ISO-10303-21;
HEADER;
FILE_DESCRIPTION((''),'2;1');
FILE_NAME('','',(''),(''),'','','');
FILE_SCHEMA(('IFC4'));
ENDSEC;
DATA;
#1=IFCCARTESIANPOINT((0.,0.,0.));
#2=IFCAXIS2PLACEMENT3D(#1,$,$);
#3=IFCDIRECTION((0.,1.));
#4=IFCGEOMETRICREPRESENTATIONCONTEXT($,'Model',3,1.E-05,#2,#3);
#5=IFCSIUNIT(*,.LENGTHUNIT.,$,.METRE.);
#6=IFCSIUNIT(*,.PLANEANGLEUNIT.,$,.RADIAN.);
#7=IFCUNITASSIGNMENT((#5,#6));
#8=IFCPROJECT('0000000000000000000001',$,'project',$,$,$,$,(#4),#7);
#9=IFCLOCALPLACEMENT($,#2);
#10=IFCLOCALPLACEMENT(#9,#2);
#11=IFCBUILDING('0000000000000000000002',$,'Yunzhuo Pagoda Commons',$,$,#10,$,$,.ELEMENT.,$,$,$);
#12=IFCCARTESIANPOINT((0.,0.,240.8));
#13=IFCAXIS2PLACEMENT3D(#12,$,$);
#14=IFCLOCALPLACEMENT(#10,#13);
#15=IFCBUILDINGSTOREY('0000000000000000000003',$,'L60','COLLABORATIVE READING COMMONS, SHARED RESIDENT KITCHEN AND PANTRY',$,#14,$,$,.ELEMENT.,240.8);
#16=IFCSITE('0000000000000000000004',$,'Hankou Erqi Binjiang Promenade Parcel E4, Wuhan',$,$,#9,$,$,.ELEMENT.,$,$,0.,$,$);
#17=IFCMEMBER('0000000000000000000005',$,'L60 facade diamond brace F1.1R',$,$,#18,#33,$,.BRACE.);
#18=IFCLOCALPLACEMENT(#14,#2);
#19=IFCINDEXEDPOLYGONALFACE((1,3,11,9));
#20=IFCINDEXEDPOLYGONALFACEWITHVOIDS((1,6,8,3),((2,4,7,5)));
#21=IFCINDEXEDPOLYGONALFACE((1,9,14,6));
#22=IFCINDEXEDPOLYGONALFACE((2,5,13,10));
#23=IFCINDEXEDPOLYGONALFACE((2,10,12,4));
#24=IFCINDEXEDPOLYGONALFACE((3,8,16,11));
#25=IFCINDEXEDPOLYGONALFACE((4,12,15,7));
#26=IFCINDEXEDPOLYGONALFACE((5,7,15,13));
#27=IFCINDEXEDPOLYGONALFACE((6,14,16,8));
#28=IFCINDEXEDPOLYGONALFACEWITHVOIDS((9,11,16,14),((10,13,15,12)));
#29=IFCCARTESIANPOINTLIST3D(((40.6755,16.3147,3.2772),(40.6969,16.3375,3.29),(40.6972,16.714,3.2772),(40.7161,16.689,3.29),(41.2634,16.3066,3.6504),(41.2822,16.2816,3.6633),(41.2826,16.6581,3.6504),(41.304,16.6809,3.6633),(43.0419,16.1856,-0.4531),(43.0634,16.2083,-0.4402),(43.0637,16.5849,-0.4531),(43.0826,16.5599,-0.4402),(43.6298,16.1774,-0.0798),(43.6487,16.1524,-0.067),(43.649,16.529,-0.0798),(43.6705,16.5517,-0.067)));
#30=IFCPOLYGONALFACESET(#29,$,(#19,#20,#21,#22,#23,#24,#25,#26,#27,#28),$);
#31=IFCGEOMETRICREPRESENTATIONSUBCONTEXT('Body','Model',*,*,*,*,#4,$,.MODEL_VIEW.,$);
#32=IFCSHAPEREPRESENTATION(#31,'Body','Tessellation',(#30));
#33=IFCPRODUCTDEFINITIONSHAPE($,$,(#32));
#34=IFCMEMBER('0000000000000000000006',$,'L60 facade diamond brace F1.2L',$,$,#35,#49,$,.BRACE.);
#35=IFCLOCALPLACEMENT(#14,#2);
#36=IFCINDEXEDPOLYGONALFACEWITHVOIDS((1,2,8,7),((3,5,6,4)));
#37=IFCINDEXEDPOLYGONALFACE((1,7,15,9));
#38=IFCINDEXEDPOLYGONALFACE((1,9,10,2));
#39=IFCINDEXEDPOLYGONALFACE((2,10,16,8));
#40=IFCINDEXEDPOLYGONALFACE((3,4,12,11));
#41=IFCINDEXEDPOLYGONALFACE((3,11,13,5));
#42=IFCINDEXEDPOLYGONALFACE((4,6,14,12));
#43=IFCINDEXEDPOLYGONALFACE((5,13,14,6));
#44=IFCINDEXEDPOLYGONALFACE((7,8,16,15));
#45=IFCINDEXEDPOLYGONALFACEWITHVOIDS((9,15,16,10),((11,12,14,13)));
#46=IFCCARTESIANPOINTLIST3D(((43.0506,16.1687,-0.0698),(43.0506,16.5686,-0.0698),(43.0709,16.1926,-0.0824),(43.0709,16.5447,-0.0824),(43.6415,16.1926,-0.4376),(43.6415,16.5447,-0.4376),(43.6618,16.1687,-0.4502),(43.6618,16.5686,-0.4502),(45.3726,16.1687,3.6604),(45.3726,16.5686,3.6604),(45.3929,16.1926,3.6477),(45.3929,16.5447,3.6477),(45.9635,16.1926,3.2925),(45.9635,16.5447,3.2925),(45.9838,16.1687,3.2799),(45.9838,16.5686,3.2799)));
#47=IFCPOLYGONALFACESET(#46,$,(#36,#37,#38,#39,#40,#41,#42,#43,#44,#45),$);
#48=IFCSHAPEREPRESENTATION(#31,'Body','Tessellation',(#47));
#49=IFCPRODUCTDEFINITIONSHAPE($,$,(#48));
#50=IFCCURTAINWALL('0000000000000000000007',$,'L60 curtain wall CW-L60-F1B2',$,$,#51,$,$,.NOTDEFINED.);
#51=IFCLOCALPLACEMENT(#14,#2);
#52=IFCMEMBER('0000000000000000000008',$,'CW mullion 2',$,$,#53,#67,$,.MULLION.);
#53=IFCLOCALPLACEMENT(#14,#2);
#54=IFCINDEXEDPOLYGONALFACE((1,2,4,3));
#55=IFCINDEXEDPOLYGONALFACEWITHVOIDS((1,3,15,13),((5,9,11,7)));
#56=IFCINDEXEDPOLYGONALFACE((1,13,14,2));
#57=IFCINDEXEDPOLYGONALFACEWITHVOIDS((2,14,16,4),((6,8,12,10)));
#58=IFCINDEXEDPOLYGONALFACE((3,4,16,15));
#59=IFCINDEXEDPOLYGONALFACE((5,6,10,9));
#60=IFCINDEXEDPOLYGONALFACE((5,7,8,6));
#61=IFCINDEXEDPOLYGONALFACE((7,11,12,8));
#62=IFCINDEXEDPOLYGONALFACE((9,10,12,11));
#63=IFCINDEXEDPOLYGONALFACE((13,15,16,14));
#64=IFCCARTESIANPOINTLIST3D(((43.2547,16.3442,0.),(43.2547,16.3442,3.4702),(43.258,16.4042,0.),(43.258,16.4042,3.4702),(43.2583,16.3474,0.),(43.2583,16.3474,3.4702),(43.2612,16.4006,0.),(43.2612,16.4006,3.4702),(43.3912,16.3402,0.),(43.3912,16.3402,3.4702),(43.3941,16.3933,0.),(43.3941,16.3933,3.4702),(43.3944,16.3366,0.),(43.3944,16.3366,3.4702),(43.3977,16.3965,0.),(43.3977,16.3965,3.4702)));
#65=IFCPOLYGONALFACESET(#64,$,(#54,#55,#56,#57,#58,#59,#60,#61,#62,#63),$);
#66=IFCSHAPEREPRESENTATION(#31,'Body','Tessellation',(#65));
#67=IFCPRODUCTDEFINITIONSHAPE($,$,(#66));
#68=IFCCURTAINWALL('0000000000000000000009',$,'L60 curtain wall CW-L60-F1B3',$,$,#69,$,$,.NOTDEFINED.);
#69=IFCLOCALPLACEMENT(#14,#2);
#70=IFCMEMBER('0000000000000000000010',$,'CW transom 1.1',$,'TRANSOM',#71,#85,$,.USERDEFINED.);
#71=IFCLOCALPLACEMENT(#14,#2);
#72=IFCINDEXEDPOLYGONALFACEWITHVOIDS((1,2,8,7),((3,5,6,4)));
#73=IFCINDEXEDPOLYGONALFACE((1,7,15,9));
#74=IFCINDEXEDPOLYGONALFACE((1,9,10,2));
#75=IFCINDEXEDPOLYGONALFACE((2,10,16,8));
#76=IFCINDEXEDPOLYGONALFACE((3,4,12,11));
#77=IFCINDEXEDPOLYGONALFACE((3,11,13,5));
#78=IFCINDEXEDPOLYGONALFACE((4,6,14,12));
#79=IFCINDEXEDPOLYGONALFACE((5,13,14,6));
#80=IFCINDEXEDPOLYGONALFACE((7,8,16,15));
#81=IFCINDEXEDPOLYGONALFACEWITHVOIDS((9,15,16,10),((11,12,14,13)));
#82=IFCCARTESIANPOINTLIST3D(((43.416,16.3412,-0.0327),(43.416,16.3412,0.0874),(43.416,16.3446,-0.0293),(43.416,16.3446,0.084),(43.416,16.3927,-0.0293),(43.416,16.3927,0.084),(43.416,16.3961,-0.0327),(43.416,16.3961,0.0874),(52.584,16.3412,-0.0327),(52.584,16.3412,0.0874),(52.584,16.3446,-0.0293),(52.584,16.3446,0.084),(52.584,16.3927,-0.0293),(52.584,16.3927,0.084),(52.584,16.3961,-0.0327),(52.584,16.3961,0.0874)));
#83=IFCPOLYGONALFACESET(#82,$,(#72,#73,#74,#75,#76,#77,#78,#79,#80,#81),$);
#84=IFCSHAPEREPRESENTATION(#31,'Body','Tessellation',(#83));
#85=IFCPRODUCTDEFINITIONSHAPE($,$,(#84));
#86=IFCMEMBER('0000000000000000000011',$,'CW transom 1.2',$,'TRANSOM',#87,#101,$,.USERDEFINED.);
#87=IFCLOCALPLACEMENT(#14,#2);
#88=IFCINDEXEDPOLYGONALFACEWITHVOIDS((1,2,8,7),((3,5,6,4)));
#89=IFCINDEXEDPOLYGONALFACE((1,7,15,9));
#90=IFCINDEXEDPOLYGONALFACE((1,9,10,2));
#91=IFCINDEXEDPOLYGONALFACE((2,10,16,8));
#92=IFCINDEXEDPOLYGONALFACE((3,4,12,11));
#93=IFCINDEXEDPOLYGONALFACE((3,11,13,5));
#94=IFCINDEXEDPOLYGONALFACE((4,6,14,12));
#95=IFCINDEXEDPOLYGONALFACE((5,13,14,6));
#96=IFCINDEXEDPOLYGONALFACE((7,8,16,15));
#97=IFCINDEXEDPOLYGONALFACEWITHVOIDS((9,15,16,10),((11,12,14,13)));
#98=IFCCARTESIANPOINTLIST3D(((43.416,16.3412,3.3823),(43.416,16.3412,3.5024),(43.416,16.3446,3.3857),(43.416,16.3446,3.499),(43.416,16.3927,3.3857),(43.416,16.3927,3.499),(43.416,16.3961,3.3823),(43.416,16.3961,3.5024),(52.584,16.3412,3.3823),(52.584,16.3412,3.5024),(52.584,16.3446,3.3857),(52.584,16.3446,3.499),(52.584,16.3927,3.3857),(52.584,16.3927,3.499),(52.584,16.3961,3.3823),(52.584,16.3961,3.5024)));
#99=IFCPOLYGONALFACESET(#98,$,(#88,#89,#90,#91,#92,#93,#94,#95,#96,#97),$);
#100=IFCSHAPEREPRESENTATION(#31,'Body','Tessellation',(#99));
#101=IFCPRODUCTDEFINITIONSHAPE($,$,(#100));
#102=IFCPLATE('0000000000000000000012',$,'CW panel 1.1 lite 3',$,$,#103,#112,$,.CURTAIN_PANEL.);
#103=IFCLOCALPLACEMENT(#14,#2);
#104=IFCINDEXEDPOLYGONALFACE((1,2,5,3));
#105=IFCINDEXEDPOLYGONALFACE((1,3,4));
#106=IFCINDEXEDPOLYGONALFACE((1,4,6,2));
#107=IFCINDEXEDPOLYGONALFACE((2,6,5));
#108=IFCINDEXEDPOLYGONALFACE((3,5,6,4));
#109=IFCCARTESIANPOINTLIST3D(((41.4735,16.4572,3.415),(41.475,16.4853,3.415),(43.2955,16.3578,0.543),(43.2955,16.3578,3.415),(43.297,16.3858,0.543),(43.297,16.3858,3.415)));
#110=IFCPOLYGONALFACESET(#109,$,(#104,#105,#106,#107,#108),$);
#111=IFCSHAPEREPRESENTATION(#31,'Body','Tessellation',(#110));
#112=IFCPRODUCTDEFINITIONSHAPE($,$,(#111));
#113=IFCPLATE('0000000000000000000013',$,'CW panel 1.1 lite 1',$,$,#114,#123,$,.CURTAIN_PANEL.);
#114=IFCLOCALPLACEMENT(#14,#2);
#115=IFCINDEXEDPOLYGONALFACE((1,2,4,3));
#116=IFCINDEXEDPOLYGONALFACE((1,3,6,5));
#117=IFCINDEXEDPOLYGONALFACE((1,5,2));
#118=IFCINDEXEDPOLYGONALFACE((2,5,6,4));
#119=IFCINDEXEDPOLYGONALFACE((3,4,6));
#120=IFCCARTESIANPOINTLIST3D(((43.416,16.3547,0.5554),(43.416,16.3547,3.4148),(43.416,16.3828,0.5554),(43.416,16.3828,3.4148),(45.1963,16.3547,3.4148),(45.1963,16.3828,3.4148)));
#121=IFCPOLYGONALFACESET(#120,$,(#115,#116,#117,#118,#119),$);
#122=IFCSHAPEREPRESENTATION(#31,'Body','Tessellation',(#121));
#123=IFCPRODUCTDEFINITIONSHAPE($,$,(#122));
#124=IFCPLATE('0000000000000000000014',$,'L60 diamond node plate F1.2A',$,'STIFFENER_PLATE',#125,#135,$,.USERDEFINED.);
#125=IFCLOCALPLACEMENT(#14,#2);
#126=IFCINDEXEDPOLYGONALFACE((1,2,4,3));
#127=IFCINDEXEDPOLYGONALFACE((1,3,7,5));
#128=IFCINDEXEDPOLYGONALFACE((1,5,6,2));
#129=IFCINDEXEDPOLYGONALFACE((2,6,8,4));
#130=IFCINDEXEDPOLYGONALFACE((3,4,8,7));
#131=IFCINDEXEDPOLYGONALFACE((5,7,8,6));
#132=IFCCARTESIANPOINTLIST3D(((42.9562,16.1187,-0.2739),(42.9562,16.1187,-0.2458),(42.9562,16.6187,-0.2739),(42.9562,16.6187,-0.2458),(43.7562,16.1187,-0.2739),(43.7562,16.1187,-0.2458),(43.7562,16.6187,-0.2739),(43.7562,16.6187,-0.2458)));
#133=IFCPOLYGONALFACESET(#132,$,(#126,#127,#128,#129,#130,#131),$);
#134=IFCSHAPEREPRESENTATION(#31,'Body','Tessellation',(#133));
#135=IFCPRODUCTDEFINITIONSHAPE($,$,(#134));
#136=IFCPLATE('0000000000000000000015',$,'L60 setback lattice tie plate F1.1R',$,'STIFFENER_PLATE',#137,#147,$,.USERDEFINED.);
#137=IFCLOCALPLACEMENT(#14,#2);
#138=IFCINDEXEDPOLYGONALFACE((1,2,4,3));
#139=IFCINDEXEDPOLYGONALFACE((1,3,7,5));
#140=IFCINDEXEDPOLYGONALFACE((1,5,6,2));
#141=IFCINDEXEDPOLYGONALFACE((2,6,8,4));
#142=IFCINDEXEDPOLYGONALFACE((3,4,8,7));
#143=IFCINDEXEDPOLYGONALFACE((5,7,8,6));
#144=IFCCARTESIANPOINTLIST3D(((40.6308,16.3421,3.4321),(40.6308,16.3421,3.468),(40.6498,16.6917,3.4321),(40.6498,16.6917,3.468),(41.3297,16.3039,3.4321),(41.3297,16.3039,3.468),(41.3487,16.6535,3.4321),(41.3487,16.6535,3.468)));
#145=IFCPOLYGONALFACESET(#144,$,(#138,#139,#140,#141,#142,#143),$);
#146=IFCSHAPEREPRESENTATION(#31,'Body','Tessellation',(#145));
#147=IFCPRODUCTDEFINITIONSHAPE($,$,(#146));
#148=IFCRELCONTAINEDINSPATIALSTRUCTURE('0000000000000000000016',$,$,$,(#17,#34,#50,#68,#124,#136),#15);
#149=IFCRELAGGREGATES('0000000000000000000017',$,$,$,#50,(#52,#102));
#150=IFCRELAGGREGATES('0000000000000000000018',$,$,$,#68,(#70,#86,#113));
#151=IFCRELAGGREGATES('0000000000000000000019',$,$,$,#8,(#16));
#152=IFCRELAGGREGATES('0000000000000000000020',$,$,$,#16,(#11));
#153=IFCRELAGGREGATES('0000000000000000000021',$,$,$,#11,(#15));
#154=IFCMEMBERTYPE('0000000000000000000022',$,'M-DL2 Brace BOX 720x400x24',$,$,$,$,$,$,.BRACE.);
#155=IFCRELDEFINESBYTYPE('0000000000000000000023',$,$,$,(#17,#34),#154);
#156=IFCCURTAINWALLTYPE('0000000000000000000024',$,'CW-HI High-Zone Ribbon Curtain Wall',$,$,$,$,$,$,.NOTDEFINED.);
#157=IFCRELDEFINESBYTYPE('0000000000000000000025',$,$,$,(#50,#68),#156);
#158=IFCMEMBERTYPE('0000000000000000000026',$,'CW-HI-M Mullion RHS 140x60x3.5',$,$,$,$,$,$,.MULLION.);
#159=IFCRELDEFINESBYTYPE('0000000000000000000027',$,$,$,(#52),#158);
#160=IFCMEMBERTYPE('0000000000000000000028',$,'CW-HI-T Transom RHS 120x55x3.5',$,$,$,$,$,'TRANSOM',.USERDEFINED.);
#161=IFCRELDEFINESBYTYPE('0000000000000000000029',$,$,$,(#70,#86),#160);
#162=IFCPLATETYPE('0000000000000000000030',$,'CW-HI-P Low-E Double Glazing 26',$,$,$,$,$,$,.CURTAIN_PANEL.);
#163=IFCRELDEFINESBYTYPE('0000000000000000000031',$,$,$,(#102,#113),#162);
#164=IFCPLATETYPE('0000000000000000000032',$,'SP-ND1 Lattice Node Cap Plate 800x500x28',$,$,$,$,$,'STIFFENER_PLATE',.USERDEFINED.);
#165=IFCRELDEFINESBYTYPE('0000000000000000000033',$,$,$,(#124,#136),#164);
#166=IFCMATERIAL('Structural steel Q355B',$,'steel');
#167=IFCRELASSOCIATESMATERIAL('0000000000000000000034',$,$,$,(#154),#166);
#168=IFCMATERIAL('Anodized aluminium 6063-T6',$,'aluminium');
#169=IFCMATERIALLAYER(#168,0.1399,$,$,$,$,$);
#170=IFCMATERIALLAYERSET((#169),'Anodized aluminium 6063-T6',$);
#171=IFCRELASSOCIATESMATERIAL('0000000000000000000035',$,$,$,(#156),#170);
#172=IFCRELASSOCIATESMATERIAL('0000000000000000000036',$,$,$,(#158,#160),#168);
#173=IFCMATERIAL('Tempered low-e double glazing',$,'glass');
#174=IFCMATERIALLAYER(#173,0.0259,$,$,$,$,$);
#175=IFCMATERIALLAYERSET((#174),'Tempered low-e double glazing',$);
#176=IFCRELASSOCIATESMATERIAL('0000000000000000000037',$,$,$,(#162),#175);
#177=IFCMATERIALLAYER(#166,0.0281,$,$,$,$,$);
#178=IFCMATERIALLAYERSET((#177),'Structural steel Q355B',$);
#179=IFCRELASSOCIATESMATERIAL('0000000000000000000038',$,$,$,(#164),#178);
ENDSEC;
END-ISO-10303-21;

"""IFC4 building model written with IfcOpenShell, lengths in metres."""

from ifc_helpers import new_model, si_unit, direction, frame, origin, origin_2d, place, context, subcontext, project, spatial, polyline, rectangle, hollow_rectangle, outline, extrude, source, transform, mapped, material, layer, layer_set, material_profile, profile_set, type_object, element, aggregate, save


model = new_model("IFC4")

# Units and contexts
model_context = context("Model", 3, precision=1e-05, world=origin(), true_north=direction((0.0, 1.0)))
body_context = subcontext(model_context, "Body", "Model", "MODEL_VIEW")
ifc_project = project(units=[si_unit("LENGTHUNIT", "METRE"), si_unit("PLANEANGLEUNIT", "RADIAN")], contexts=[model_context])

# Site, building, storey
site_placement = place(None, origin())
site = spatial("IfcSite", under=ifc_project, at=site_placement, Name="Hankou Erqi Binjiang Promenade Parcel E4, Wuhan", CompositionType="ELEMENT", RefElevation=0.0)
building_placement = place(site_placement, origin())
building = spatial("IfcBuilding", under=site, at=building_placement, Name="Yunzhuo Pagoda Commons", CompositionType="ELEMENT")
storey_placement = place(building_placement, frame((0.0, 0.0, 240.8)))
storey = spatial("IfcBuildingStorey", under=building, at=storey_placement, Name="L60", Description="COLLABORATIVE READING COMMONS, SHARED RESIDENT KITCHEN AND PANTRY", CompositionType="ELEMENT", Elevation=240.8)

# Shared definitions
ifc_material_1 = material(Name="Structural steel Q355B", Category="steel")

# Members
ifc_material_profile_1 = material_profile(ifc_material_1, hollow_rectangle(XDim=0.3999, YDim=0.72, WallThickness=0.0239, at=origin_2d()), Name="Structural steel Q355B")
ifc_profile_set_1 = profile_set([ifc_material_profile_1], Name="Structural steel Q355B")
member_type_1 = type_object("IfcMemberType", Name="M-DL2 Brace BOX 720x400x24", PredefinedType="BRACE", material=ifc_profile_set_1)
shared_shape_1 = source(origin(), body_context, "Body", "SweptSolid", [
    extrude(hollow_rectangle(XDim=0.3999, YDim=0.72, WallThickness=0.0239, at=origin_2d()), origin(), (0.0, 0.0, 1.0), 4.4194),
])
member_1_placement = place(storey_placement, frame((43.3562, 16.3687, -0.26), z_axis=(-0.535466, 0.029223, 0.844051), x_axis=(-0.054494, -0.998514, 0.0)))
element("IfcMember", 1, at=member_1_placement, inside=storey, type_object=member_type_1, Name="L60 facade diamond brace F1.1R", PredefinedType="BRACE", context=body_context, shape_type="MappedRepresentation", body=[
    mapped(shared_shape_1, transform((0.0, 0.0, 0.0), scale=1.0)),
])
shared_shape_2 = source(origin(), body_context, "Body", "SweptSolid", [
    extrude(hollow_rectangle(XDim=0.3999, YDim=0.72, WallThickness=0.0239, at=origin_2d()), origin(), (0.0, 0.0, 1.0), 4.3938),
])
member_2_placement = place(storey_placement, frame((43.3562, 16.3687, -0.26), z_axis=(0.528465, 0.0, 0.848955), x_axis=(0.0, 1.0, 0.0)))
element("IfcMember", 2, at=member_2_placement, inside=storey, type_object=member_type_1, Name="L60 facade diamond brace F1.2L", PredefinedType="BRACE", context=body_context, shape_type="MappedRepresentation", body=[
    mapped(shared_shape_2, transform((0.0, 0.0, 0.0), scale=1.0)),
])

# Curtain wall, member
ifc_material_2 = material(Name="Anodized aluminium 6063-T6", Category="aluminium")
ifc_layer_1 = layer(ifc_material_2, 0.1399)
ifc_layer_set_1 = layer_set([ifc_layer_1], Name="Anodized aluminium 6063-T6")
curtain_wall_type = type_object("IfcCurtainWallType", Name="CW-HI High-Zone Ribbon Curtain Wall", PredefinedType="NOTDEFINED", material=ifc_layer_set_1)
curtain_wall_1_placement = place(storey_placement, origin())
curtain_wall_1 = element("IfcCurtainWall", 3, at=curtain_wall_1_placement, inside=storey, type_object=curtain_wall_type, Name="L60 curtain wall CW-L60-F1B2", PredefinedType="NOTDEFINED")
ifc_material_profile_2 = material_profile(ifc_material_2, hollow_rectangle(XDim=0.0601, YDim=0.1399, WallThickness=0.0034, at=origin_2d()), Name="Anodized aluminium 6063-T6")
ifc_profile_set_2 = profile_set([ifc_material_profile_2], Name="Anodized aluminium 6063-T6")
member_type_2 = type_object("IfcMemberType", Name="CW-HI-M Mullion RHS 140x60x3.5", PredefinedType="MULLION", material=ifc_profile_set_2)
shared_shape_3 = source(origin(), body_context, "Body", "SweptSolid", [
    extrude(hollow_rectangle(XDim=0.0601, YDim=0.1399, WallThickness=0.0034, at=origin_2d()), origin(), (0.0, 0.0, 1.0), 3.4702),
])
member_3_placement = place(storey_placement, frame((43.3262, 16.3704, 0.0), z_axis=(0.0, 0.0, 1.0), x_axis=(0.054497, 0.998514, 0.0)))
member_3 = element("IfcMember", 4, at=member_3_placement, type_object=member_type_2, Name="CW mullion 2", PredefinedType="MULLION", context=body_context, shape_type="MappedRepresentation", body=[
    mapped(shared_shape_3, transform((0.0, 0.0, 0.0), scale=1.0)),
])

# Curtain wall, members
curtain_wall_2_placement = place(storey_placement, origin())
curtain_wall_2 = element("IfcCurtainWall", 5, at=curtain_wall_2_placement, inside=storey, type_object=curtain_wall_type, Name="L60 curtain wall CW-L60-F1B3", PredefinedType="NOTDEFINED")
ifc_material_profile_3 = material_profile(ifc_material_2, hollow_rectangle(XDim=0.0549, YDim=0.1201, WallThickness=0.0034, at=origin_2d()), Name="Anodized aluminium 6063-T6")
ifc_profile_set_3 = profile_set([ifc_material_profile_3], Name="Anodized aluminium 6063-T6")
member_type_3 = type_object("IfcMemberType", Name="CW-HI-T Transom RHS 120x55x3.5", ElementType="TRANSOM", PredefinedType="USERDEFINED", material=ifc_profile_set_3)
shared_shape_4 = source(origin(), body_context, "Body", "SweptSolid", [
    extrude(hollow_rectangle(XDim=0.0549, YDim=0.1201, WallThickness=0.0034, at=origin_2d()), origin(), (0.0, 0.0, 1.0), 9.168),
])
member_4_placement = place(storey_placement, frame((43.416, 16.3687, 0.0273), z_axis=(1.0, 0.0, 0.0), x_axis=(0.0, 1.0, 0.0)))
member_4 = element("IfcMember", 6, at=member_4_placement, type_object=member_type_3, Name="CW transom 1.1", ObjectType="TRANSOM", PredefinedType="USERDEFINED", context=body_context, shape_type="MappedRepresentation", body=[
    mapped(shared_shape_4, transform((0.0, 0.0, 0.0), scale=1.0)),
])
member_5_placement = place(storey_placement, frame((43.416, 16.3687, 3.4424), z_axis=(1.0, 0.0, 0.0), x_axis=(0.0, 1.0, 0.0)))
member_5 = element("IfcMember", 7, at=member_5_placement, type_object=member_type_3, Name="CW transom 1.2", ObjectType="TRANSOM", PredefinedType="USERDEFINED", context=body_context, shape_type="MappedRepresentation", body=[
    mapped(shared_shape_4, transform((0.0, 0.0, 0.0), scale=1.0)),
])

# Plates
ifc_material_3 = material(Name="Tempered low-e double glazing", Category="glass")
ifc_layer_2 = layer(ifc_material_3, 0.0259)
ifc_layer_set_2 = layer_set([ifc_layer_2], Name="Tempered low-e double glazing")
plate_type_1 = type_object("IfcPlateType", Name="CW-HI-P Low-E Double Glazing 26", PredefinedType="CURTAIN_PANEL", material=ifc_layer_set_2)
plate_1_placement = place(storey_placement, frame((42.386, 16.4355, 1.979), z_axis=(-0.054497, -0.998514, 0.0), x_axis=(0.998514, -0.054497, 0.0)))
plate_1 = element("IfcPlate", 8, at=plate_1_placement, type_object=plate_type_1, Name="CW panel 1.1 lite 3", PredefinedType="CURTAIN_PANEL", context=body_context, shape_type="SweptSolid", body=[
    extrude(outline(polyline([(-0.9124, 1.436), (0.9124, -1.436), (0.9124, 1.436), (-0.9124, 1.436)])), origin(), (0.0, 0.0, 1.0), 0.0281),
])
aggregate(curtain_wall_1, [member_3, plate_1])
plate_2_placement = place(storey_placement, frame((44.3062, 16.3828, 1.9851), z_axis=(0.0, -1.0, 0.0), x_axis=(1.0, 0.0, 0.0)))
plate_2 = element("IfcPlate", 9, at=plate_2_placement, type_object=plate_type_1, Name="CW panel 1.1 lite 1", PredefinedType="CURTAIN_PANEL", context=body_context, shape_type="SweptSolid", body=[
    extrude(outline(polyline([(-0.8901, -1.4297), (0.8901, 1.4297), (-0.8901, 1.4297), (-0.8901, -1.4297)])), origin(), (0.0, 0.0, 1.0), 0.0281),
])
aggregate(curtain_wall_2, [member_4, member_5, plate_2])

# Plates
ifc_layer_3 = layer(ifc_material_1, 0.0281)
ifc_layer_set_3 = layer_set([ifc_layer_3], Name="Structural steel Q355B")
plate_type_2 = type_object("IfcPlateType", Name="SP-ND1 Lattice Node Cap Plate 800x500x28", ElementType="STIFFENER_PLATE", PredefinedType="USERDEFINED", material=ifc_layer_set_3)
shared_shape_5 = source(origin(), body_context, "Body", "SweptSolid", [
    extrude(rectangle(XDim=0.8, YDim=0.5, at=origin_2d()), origin(), (0.0, 0.0, 1.0), 0.0281),
])
plate_3_placement = place(storey_placement, frame((43.3562, 16.3687, -0.2739), z_axis=(0.0, 0.0, 1.0), x_axis=(1.0, 0.0, 0.0)))
element("IfcPlate", 10, at=plate_3_placement, inside=storey, type_object=plate_type_2, Name="L60 diamond node plate F1.2A", ObjectType="STIFFENER_PLATE", PredefinedType="USERDEFINED", context=body_context, shape_type="MappedRepresentation", body=[
    mapped(shared_shape_5, transform((0.0, 0.0, 0.0), scale=1.0)),
])
shared_shape_6 = source(origin(), body_context, "Body", "SweptSolid", [
    extrude(rectangle(XDim=0.7, YDim=0.3501, at=origin_2d()), origin(), (0.0, 0.0, 1.0), 0.0359),
])
plate_4_placement = place(storey_placement, frame((40.9897, 16.4978, 3.4321), z_axis=(0.0, 0.0, 1.0), x_axis=(0.998514, -0.054497, 0.0)))
element("IfcPlate", 11, at=plate_4_placement, inside=storey, type_object=plate_type_2, Name="L60 setback lattice tie plate F1.1R", ObjectType="STIFFENER_PLATE", PredefinedType="USERDEFINED", context=body_context, shape_type="MappedRepresentation", body=[
    mapped(shared_shape_6, transform((0.0, 0.0, 0.0), scale=1.0)),
])

save(model, "model.ifc")
